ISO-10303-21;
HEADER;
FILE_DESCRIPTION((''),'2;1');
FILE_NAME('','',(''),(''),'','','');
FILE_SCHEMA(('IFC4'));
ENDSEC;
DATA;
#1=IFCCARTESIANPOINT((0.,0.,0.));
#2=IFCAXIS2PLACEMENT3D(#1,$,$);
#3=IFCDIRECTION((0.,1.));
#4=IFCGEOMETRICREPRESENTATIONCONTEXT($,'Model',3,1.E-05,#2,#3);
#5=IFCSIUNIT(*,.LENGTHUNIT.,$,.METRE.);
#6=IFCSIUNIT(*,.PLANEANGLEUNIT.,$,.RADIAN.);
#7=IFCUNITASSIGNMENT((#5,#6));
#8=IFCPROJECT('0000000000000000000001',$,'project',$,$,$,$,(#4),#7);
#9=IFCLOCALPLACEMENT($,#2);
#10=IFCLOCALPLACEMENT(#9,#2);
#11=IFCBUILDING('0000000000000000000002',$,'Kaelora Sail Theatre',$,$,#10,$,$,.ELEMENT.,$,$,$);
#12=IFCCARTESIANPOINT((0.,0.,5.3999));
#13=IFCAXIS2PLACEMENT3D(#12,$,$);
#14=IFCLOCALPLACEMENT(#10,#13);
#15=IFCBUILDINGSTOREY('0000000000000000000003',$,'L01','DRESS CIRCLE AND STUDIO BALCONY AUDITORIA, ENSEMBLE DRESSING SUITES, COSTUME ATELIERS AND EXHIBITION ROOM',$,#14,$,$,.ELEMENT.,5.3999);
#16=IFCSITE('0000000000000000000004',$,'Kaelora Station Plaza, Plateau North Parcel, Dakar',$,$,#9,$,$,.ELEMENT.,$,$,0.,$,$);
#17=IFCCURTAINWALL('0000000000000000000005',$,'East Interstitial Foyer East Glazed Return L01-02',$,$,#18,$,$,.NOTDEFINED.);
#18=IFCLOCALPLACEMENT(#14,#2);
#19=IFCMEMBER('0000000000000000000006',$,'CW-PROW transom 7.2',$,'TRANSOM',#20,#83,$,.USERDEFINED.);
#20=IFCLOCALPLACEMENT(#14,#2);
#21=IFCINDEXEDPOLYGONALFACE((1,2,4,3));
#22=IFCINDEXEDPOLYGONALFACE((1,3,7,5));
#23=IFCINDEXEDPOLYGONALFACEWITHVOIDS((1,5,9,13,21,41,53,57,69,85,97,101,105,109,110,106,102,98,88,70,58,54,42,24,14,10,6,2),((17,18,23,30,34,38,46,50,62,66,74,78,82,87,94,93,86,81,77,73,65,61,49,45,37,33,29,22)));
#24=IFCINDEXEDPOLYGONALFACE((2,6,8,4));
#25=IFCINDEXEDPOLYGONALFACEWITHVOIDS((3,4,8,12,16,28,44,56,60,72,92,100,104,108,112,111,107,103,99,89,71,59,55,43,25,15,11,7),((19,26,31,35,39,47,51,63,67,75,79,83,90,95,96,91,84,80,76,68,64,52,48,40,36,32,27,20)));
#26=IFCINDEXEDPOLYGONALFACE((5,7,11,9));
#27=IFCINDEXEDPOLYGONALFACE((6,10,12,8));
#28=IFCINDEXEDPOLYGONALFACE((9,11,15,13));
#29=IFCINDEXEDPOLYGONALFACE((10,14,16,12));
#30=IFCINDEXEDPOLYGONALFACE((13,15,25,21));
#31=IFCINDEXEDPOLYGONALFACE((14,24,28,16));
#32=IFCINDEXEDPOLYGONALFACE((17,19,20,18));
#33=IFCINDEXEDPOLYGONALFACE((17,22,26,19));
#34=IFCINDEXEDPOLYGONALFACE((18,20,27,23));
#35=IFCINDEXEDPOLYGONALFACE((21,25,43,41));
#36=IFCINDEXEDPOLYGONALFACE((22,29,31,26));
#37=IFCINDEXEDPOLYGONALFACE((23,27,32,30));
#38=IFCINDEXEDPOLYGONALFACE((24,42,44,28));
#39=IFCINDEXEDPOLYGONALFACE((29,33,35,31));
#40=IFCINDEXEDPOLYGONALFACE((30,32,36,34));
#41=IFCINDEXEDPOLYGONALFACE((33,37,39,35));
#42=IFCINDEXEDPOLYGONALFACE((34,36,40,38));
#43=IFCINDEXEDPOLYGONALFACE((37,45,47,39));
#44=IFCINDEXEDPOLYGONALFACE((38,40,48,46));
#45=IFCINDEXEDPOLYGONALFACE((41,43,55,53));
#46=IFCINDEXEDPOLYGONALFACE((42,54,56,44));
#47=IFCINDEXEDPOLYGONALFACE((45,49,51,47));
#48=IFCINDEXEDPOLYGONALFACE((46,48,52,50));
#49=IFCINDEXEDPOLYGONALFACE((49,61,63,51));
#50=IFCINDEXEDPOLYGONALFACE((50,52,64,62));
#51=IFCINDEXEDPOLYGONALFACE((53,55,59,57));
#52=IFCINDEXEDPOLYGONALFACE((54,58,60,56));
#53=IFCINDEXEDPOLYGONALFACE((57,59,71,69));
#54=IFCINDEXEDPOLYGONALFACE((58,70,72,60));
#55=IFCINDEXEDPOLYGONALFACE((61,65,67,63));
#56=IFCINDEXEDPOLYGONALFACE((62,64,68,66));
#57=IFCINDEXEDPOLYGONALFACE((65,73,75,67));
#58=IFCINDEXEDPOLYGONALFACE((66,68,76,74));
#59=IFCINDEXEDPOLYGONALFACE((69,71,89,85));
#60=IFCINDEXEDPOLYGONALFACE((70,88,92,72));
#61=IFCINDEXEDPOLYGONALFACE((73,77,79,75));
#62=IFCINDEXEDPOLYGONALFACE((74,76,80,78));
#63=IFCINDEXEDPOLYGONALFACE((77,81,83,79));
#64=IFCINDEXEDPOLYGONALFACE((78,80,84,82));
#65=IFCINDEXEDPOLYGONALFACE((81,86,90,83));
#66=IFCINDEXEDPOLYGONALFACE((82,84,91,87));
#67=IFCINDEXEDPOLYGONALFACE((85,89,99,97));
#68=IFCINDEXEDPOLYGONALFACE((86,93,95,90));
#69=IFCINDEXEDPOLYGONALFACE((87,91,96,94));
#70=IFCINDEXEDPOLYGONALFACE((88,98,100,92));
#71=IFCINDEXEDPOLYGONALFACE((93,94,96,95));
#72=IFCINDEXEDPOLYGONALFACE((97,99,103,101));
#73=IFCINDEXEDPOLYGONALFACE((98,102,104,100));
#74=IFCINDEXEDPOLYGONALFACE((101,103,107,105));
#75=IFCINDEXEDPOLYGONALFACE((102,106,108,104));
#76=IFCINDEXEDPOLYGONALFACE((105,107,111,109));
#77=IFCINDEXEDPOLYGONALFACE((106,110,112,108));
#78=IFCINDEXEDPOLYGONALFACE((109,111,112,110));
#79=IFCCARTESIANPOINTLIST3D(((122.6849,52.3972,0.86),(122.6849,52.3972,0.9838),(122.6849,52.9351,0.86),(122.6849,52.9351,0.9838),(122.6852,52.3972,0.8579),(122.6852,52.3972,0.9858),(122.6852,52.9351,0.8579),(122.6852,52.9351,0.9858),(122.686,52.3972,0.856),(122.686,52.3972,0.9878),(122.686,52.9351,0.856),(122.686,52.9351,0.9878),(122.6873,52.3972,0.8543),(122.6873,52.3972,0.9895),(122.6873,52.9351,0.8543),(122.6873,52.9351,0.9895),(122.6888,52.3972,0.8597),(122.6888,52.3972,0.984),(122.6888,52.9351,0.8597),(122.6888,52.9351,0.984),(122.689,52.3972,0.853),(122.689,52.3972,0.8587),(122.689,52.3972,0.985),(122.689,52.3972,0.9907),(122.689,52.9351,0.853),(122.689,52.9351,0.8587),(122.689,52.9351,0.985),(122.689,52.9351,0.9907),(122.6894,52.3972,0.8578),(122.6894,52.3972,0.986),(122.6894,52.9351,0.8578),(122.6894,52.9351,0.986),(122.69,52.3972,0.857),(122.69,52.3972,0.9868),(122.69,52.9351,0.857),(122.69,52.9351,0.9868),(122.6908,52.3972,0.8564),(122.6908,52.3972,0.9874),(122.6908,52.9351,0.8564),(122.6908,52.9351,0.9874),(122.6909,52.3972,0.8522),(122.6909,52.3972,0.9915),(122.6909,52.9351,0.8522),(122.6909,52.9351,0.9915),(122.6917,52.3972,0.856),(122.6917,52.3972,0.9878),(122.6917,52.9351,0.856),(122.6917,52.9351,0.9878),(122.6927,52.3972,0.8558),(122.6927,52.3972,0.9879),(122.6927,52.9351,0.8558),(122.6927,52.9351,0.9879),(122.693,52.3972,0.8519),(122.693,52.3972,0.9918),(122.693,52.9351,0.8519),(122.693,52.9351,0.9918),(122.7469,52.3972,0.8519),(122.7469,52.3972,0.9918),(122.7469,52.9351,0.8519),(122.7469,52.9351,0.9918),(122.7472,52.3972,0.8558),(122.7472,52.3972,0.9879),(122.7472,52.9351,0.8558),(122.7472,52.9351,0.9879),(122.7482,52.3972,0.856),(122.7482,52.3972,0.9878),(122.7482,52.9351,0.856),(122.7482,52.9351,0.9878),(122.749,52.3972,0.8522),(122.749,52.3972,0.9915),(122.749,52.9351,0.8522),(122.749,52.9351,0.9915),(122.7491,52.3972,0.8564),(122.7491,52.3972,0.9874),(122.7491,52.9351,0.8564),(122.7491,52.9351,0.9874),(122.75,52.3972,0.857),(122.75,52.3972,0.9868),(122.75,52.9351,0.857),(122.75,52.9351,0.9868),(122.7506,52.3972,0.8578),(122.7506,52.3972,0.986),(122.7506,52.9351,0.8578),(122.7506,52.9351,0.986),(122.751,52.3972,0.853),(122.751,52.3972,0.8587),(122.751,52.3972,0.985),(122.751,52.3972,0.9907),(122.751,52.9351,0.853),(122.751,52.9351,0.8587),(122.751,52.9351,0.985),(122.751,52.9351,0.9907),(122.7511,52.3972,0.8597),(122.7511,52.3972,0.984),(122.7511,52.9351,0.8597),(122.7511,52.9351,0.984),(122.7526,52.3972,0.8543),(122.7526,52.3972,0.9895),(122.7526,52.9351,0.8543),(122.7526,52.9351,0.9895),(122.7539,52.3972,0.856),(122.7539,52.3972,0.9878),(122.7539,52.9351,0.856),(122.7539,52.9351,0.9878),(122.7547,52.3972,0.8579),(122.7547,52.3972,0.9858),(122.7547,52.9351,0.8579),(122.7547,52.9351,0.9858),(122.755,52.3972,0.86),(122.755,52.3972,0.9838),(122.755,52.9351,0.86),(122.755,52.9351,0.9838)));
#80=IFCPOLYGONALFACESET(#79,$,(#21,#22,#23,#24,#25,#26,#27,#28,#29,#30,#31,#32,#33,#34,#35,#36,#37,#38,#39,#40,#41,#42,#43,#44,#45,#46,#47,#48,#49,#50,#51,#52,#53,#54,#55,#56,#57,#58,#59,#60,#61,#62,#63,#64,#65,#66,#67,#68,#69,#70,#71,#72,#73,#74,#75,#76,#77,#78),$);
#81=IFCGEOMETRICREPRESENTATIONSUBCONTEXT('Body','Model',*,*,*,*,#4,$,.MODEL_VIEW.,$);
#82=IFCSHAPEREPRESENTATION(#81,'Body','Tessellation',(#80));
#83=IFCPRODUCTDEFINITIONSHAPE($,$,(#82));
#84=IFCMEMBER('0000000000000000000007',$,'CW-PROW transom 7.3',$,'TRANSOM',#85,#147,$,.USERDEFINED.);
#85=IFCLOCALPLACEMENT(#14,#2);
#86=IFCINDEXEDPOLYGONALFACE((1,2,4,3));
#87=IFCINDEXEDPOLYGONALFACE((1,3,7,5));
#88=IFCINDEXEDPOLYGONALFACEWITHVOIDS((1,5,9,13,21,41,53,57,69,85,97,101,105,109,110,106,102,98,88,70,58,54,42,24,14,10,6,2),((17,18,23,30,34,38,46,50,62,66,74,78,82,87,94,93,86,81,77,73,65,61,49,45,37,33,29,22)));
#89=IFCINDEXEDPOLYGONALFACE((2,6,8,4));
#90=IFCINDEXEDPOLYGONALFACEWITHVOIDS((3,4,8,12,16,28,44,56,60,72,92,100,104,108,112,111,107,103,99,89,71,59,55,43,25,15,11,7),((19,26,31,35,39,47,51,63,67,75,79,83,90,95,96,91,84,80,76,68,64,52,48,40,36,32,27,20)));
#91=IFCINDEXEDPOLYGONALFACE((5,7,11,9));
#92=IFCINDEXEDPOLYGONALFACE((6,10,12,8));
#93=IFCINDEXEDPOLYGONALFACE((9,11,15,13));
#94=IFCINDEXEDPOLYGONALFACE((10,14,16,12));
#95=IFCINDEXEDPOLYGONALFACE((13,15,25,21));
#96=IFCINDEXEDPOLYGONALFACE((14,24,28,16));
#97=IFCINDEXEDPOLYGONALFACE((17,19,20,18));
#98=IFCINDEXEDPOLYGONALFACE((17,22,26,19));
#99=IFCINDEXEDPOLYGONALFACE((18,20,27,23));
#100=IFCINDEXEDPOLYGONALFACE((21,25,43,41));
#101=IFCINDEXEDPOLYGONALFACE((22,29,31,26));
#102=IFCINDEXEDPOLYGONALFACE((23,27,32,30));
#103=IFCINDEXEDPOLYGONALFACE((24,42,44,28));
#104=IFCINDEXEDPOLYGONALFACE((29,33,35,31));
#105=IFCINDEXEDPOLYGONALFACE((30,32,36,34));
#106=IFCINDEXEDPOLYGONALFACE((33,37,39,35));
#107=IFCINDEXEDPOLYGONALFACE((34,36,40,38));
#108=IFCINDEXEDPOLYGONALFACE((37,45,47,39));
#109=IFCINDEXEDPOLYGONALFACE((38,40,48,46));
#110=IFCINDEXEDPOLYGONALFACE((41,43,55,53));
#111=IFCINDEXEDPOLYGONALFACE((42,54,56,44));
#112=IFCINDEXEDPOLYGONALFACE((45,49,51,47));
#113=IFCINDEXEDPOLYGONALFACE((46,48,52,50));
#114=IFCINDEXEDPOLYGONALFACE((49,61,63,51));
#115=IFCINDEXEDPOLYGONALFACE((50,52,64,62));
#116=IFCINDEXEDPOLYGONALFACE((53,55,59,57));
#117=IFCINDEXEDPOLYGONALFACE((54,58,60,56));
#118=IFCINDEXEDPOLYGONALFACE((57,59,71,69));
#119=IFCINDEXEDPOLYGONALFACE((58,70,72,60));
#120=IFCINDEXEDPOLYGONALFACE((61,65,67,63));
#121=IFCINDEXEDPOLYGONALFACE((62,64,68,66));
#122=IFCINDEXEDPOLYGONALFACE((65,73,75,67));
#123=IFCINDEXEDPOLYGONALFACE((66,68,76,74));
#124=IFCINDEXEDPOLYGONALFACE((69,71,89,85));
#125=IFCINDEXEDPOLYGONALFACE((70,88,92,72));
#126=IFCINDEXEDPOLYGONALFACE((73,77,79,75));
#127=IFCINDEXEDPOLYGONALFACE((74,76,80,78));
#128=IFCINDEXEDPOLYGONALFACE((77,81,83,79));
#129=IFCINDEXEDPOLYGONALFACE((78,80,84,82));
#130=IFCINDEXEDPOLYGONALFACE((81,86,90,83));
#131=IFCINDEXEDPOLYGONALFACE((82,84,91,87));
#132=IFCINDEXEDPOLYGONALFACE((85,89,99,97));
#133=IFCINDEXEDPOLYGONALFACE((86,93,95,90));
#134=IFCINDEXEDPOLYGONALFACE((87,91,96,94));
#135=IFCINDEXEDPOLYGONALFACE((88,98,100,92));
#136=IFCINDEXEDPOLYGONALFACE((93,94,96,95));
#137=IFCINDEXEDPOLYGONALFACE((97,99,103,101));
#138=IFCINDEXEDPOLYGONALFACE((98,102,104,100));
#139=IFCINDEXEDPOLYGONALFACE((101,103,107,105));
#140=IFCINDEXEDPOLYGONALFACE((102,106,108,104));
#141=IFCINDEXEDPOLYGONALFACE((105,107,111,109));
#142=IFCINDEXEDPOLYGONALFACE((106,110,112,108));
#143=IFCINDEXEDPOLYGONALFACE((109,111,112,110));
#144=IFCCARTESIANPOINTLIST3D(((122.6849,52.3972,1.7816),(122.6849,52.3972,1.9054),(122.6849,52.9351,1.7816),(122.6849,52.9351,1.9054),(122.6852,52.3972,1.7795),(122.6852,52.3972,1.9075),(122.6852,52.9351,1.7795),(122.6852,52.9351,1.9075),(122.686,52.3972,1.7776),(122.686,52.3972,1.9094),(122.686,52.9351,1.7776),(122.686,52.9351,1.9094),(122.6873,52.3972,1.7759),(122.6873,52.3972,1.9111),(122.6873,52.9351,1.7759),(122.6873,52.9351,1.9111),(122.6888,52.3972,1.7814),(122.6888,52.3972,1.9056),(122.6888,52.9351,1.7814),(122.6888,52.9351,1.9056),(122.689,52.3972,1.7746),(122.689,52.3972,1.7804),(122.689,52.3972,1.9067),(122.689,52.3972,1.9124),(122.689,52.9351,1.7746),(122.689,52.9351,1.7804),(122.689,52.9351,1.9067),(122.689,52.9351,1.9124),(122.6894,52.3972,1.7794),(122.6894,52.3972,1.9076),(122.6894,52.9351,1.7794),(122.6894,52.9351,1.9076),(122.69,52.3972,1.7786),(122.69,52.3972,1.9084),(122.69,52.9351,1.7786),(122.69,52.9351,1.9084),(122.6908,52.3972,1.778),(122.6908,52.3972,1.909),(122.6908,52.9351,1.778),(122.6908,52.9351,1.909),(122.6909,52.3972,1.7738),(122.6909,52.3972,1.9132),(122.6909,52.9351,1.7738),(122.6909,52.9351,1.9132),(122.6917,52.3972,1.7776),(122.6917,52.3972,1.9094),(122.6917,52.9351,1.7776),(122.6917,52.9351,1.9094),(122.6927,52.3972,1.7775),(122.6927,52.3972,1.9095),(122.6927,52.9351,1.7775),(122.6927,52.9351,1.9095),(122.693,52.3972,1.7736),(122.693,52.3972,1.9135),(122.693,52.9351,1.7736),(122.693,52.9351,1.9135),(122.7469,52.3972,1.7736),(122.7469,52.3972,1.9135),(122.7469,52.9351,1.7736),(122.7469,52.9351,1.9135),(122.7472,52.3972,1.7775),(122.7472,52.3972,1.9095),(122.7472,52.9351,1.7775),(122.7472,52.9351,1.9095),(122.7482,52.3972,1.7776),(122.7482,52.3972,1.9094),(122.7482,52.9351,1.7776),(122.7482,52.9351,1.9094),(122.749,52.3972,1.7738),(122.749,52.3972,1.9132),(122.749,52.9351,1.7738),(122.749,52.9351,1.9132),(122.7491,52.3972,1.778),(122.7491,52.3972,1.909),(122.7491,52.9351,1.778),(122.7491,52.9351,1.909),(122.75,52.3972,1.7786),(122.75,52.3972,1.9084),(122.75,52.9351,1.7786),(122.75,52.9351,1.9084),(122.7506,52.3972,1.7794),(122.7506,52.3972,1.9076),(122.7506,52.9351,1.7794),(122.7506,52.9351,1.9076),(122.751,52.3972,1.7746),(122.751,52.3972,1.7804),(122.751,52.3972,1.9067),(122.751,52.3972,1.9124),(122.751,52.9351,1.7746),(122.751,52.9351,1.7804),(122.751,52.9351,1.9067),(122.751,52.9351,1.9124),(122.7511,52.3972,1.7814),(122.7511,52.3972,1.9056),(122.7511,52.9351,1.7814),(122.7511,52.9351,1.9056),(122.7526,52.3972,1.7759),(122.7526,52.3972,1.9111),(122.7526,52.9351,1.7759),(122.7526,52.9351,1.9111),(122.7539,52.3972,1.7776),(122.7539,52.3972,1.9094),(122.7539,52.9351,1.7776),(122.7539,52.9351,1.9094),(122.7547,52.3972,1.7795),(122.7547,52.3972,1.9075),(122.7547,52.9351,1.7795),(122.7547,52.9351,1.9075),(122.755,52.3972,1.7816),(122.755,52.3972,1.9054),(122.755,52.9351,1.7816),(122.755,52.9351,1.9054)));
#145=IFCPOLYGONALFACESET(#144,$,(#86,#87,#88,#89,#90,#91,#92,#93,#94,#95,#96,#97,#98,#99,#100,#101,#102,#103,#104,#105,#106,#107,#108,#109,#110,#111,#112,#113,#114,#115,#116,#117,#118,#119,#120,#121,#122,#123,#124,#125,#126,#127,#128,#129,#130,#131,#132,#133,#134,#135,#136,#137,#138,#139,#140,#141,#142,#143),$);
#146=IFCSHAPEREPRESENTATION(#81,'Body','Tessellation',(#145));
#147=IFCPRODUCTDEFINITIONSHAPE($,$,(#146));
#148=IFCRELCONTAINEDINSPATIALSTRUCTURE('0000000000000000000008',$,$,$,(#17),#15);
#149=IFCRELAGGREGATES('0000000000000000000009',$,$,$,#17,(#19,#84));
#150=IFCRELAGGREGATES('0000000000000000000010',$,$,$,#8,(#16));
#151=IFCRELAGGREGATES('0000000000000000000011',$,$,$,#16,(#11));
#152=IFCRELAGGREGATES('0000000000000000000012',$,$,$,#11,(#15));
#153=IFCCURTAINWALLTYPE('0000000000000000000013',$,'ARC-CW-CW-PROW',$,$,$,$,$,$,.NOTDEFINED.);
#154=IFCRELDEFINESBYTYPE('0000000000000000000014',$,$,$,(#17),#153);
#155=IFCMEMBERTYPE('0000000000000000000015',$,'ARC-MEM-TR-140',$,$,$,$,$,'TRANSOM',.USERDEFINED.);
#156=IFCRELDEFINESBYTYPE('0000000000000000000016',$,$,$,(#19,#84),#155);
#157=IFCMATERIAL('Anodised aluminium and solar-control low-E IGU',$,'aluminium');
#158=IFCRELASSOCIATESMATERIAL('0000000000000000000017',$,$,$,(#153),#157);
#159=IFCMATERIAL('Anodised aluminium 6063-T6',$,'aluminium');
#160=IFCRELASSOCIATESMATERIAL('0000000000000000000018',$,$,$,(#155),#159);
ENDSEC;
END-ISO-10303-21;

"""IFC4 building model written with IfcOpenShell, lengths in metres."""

from ifc_helpers import new_model, si_unit, direction, frame, origin, origin_2d, place, context, subcontext, project, spatial, hollow_rectangle, extrude, material, material_profile, profile_set, type_object, element, aggregate, save


model = new_model("IFC4")

# Units and contexts
model_context = context("Model", 3, precision=1e-05, world=origin(), true_north=direction((0.0, 1.0)))
body_context = subcontext(model_context, "Body", "Model", "MODEL_VIEW")
ifc_project = project(units=[si_unit("LENGTHUNIT", "METRE"), si_unit("PLANEANGLEUNIT", "RADIAN")], contexts=[model_context])

# Site, building, storey
site_placement = place(None, origin())
site = spatial("IfcSite", under=ifc_project, at=site_placement, Name="Kaelora Station Plaza, Plateau North Parcel, Dakar", CompositionType="ELEMENT", RefElevation=0.0)
building_placement = place(site_placement, origin())
building = spatial("IfcBuilding", under=site, at=building_placement, Name="Kaelora Sail Theatre", CompositionType="ELEMENT")
storey_placement = place(building_placement, frame((0.0, 0.0, 5.3999)))
storey = spatial("IfcBuildingStorey", under=building, at=storey_placement, Name="L01", Description="DRESS CIRCLE AND STUDIO BALCONY AUDITORIA, ENSEMBLE DRESSING SUITES, COSTUME ATELIERS AND EXHIBITION ROOM", CompositionType="ELEMENT", Elevation=5.3999)

# Curtain wall, members
ifc_material_1 = material(Name="Anodised aluminium and solar-control low-E IGU", Category="aluminium")
curtain_wall_type = type_object("IfcCurtainWallType", Name="ARC-CW-CW-PROW", PredefinedType="NOTDEFINED", material=ifc_material_1)
curtain_wall_placement = place(storey_placement, origin())
curtain_wall = element("IfcCurtainWall", 1, at=curtain_wall_placement, inside=storey, type_object=curtain_wall_type, Name="East Interstitial Foyer East Glazed Return L01-02", PredefinedType="NOTDEFINED")
ifc_material_2 = material(Name="Anodised aluminium 6063-T6", Category="aluminium")
ifc_material_profile_1 = material_profile(ifc_material_2, hollow_rectangle(XDim=0.0701, YDim=0.1399, WallThickness=0.0039, InnerFilletRadius=0.0039, OuterFilletRadius=0.0081, at=origin_2d()), Name="ALU-TRAN 70x140x4")
ifc_profile_set_1 = profile_set([ifc_material_profile_1], Name="Anodised aluminium 6063-T6")
member_type_1 = type_object("IfcMemberType", Name="ARC-MEM-TR-140", ElementType="TRANSOM", PredefinedType="USERDEFINED", material=ifc_profile_set_1)
member_1_placement = place(storey_placement, frame((122.72, 52.3972, 0.9219), z_axis=(0.0, 1.0, 0.0), x_axis=(-1.0, 0.0, 0.0)))
member_1 = element("IfcMember", 2, at=member_1_placement, type_object=member_type_1, Name="CW-PROW transom 7.2", ObjectType="TRANSOM", PredefinedType="USERDEFINED", context=body_context, shape_type="SweptSolid", body=[
    extrude(hollow_rectangle(XDim=0.0701, YDim=0.1399, WallThickness=0.0039, InnerFilletRadius=0.0039, OuterFilletRadius=0.0081, at=origin_2d()), origin(), (0.0, 0.0, 1.0), 0.5378),
])
member_2_placement = place(storey_placement, frame((122.72, 52.3972, 1.8435), z_axis=(0.0, 1.0, 0.0), x_axis=(-1.0, 0.0, 0.0)))
member_2 = element("IfcMember", 3, at=member_2_placement, type_object=member_type_1, Name="CW-PROW transom 7.3", ObjectType="TRANSOM", PredefinedType="USERDEFINED", context=body_context, shape_type="SweptSolid", body=[
    extrude(hollow_rectangle(XDim=0.0701, YDim=0.1399, WallThickness=0.0039, InnerFilletRadius=0.0039, OuterFilletRadius=0.0081, at=origin_2d()), origin(), (0.0, 0.0, 1.0), 0.5378),
])

aggregate(curtain_wall, [member_1, member_2])

save(model, "model.ifc")
